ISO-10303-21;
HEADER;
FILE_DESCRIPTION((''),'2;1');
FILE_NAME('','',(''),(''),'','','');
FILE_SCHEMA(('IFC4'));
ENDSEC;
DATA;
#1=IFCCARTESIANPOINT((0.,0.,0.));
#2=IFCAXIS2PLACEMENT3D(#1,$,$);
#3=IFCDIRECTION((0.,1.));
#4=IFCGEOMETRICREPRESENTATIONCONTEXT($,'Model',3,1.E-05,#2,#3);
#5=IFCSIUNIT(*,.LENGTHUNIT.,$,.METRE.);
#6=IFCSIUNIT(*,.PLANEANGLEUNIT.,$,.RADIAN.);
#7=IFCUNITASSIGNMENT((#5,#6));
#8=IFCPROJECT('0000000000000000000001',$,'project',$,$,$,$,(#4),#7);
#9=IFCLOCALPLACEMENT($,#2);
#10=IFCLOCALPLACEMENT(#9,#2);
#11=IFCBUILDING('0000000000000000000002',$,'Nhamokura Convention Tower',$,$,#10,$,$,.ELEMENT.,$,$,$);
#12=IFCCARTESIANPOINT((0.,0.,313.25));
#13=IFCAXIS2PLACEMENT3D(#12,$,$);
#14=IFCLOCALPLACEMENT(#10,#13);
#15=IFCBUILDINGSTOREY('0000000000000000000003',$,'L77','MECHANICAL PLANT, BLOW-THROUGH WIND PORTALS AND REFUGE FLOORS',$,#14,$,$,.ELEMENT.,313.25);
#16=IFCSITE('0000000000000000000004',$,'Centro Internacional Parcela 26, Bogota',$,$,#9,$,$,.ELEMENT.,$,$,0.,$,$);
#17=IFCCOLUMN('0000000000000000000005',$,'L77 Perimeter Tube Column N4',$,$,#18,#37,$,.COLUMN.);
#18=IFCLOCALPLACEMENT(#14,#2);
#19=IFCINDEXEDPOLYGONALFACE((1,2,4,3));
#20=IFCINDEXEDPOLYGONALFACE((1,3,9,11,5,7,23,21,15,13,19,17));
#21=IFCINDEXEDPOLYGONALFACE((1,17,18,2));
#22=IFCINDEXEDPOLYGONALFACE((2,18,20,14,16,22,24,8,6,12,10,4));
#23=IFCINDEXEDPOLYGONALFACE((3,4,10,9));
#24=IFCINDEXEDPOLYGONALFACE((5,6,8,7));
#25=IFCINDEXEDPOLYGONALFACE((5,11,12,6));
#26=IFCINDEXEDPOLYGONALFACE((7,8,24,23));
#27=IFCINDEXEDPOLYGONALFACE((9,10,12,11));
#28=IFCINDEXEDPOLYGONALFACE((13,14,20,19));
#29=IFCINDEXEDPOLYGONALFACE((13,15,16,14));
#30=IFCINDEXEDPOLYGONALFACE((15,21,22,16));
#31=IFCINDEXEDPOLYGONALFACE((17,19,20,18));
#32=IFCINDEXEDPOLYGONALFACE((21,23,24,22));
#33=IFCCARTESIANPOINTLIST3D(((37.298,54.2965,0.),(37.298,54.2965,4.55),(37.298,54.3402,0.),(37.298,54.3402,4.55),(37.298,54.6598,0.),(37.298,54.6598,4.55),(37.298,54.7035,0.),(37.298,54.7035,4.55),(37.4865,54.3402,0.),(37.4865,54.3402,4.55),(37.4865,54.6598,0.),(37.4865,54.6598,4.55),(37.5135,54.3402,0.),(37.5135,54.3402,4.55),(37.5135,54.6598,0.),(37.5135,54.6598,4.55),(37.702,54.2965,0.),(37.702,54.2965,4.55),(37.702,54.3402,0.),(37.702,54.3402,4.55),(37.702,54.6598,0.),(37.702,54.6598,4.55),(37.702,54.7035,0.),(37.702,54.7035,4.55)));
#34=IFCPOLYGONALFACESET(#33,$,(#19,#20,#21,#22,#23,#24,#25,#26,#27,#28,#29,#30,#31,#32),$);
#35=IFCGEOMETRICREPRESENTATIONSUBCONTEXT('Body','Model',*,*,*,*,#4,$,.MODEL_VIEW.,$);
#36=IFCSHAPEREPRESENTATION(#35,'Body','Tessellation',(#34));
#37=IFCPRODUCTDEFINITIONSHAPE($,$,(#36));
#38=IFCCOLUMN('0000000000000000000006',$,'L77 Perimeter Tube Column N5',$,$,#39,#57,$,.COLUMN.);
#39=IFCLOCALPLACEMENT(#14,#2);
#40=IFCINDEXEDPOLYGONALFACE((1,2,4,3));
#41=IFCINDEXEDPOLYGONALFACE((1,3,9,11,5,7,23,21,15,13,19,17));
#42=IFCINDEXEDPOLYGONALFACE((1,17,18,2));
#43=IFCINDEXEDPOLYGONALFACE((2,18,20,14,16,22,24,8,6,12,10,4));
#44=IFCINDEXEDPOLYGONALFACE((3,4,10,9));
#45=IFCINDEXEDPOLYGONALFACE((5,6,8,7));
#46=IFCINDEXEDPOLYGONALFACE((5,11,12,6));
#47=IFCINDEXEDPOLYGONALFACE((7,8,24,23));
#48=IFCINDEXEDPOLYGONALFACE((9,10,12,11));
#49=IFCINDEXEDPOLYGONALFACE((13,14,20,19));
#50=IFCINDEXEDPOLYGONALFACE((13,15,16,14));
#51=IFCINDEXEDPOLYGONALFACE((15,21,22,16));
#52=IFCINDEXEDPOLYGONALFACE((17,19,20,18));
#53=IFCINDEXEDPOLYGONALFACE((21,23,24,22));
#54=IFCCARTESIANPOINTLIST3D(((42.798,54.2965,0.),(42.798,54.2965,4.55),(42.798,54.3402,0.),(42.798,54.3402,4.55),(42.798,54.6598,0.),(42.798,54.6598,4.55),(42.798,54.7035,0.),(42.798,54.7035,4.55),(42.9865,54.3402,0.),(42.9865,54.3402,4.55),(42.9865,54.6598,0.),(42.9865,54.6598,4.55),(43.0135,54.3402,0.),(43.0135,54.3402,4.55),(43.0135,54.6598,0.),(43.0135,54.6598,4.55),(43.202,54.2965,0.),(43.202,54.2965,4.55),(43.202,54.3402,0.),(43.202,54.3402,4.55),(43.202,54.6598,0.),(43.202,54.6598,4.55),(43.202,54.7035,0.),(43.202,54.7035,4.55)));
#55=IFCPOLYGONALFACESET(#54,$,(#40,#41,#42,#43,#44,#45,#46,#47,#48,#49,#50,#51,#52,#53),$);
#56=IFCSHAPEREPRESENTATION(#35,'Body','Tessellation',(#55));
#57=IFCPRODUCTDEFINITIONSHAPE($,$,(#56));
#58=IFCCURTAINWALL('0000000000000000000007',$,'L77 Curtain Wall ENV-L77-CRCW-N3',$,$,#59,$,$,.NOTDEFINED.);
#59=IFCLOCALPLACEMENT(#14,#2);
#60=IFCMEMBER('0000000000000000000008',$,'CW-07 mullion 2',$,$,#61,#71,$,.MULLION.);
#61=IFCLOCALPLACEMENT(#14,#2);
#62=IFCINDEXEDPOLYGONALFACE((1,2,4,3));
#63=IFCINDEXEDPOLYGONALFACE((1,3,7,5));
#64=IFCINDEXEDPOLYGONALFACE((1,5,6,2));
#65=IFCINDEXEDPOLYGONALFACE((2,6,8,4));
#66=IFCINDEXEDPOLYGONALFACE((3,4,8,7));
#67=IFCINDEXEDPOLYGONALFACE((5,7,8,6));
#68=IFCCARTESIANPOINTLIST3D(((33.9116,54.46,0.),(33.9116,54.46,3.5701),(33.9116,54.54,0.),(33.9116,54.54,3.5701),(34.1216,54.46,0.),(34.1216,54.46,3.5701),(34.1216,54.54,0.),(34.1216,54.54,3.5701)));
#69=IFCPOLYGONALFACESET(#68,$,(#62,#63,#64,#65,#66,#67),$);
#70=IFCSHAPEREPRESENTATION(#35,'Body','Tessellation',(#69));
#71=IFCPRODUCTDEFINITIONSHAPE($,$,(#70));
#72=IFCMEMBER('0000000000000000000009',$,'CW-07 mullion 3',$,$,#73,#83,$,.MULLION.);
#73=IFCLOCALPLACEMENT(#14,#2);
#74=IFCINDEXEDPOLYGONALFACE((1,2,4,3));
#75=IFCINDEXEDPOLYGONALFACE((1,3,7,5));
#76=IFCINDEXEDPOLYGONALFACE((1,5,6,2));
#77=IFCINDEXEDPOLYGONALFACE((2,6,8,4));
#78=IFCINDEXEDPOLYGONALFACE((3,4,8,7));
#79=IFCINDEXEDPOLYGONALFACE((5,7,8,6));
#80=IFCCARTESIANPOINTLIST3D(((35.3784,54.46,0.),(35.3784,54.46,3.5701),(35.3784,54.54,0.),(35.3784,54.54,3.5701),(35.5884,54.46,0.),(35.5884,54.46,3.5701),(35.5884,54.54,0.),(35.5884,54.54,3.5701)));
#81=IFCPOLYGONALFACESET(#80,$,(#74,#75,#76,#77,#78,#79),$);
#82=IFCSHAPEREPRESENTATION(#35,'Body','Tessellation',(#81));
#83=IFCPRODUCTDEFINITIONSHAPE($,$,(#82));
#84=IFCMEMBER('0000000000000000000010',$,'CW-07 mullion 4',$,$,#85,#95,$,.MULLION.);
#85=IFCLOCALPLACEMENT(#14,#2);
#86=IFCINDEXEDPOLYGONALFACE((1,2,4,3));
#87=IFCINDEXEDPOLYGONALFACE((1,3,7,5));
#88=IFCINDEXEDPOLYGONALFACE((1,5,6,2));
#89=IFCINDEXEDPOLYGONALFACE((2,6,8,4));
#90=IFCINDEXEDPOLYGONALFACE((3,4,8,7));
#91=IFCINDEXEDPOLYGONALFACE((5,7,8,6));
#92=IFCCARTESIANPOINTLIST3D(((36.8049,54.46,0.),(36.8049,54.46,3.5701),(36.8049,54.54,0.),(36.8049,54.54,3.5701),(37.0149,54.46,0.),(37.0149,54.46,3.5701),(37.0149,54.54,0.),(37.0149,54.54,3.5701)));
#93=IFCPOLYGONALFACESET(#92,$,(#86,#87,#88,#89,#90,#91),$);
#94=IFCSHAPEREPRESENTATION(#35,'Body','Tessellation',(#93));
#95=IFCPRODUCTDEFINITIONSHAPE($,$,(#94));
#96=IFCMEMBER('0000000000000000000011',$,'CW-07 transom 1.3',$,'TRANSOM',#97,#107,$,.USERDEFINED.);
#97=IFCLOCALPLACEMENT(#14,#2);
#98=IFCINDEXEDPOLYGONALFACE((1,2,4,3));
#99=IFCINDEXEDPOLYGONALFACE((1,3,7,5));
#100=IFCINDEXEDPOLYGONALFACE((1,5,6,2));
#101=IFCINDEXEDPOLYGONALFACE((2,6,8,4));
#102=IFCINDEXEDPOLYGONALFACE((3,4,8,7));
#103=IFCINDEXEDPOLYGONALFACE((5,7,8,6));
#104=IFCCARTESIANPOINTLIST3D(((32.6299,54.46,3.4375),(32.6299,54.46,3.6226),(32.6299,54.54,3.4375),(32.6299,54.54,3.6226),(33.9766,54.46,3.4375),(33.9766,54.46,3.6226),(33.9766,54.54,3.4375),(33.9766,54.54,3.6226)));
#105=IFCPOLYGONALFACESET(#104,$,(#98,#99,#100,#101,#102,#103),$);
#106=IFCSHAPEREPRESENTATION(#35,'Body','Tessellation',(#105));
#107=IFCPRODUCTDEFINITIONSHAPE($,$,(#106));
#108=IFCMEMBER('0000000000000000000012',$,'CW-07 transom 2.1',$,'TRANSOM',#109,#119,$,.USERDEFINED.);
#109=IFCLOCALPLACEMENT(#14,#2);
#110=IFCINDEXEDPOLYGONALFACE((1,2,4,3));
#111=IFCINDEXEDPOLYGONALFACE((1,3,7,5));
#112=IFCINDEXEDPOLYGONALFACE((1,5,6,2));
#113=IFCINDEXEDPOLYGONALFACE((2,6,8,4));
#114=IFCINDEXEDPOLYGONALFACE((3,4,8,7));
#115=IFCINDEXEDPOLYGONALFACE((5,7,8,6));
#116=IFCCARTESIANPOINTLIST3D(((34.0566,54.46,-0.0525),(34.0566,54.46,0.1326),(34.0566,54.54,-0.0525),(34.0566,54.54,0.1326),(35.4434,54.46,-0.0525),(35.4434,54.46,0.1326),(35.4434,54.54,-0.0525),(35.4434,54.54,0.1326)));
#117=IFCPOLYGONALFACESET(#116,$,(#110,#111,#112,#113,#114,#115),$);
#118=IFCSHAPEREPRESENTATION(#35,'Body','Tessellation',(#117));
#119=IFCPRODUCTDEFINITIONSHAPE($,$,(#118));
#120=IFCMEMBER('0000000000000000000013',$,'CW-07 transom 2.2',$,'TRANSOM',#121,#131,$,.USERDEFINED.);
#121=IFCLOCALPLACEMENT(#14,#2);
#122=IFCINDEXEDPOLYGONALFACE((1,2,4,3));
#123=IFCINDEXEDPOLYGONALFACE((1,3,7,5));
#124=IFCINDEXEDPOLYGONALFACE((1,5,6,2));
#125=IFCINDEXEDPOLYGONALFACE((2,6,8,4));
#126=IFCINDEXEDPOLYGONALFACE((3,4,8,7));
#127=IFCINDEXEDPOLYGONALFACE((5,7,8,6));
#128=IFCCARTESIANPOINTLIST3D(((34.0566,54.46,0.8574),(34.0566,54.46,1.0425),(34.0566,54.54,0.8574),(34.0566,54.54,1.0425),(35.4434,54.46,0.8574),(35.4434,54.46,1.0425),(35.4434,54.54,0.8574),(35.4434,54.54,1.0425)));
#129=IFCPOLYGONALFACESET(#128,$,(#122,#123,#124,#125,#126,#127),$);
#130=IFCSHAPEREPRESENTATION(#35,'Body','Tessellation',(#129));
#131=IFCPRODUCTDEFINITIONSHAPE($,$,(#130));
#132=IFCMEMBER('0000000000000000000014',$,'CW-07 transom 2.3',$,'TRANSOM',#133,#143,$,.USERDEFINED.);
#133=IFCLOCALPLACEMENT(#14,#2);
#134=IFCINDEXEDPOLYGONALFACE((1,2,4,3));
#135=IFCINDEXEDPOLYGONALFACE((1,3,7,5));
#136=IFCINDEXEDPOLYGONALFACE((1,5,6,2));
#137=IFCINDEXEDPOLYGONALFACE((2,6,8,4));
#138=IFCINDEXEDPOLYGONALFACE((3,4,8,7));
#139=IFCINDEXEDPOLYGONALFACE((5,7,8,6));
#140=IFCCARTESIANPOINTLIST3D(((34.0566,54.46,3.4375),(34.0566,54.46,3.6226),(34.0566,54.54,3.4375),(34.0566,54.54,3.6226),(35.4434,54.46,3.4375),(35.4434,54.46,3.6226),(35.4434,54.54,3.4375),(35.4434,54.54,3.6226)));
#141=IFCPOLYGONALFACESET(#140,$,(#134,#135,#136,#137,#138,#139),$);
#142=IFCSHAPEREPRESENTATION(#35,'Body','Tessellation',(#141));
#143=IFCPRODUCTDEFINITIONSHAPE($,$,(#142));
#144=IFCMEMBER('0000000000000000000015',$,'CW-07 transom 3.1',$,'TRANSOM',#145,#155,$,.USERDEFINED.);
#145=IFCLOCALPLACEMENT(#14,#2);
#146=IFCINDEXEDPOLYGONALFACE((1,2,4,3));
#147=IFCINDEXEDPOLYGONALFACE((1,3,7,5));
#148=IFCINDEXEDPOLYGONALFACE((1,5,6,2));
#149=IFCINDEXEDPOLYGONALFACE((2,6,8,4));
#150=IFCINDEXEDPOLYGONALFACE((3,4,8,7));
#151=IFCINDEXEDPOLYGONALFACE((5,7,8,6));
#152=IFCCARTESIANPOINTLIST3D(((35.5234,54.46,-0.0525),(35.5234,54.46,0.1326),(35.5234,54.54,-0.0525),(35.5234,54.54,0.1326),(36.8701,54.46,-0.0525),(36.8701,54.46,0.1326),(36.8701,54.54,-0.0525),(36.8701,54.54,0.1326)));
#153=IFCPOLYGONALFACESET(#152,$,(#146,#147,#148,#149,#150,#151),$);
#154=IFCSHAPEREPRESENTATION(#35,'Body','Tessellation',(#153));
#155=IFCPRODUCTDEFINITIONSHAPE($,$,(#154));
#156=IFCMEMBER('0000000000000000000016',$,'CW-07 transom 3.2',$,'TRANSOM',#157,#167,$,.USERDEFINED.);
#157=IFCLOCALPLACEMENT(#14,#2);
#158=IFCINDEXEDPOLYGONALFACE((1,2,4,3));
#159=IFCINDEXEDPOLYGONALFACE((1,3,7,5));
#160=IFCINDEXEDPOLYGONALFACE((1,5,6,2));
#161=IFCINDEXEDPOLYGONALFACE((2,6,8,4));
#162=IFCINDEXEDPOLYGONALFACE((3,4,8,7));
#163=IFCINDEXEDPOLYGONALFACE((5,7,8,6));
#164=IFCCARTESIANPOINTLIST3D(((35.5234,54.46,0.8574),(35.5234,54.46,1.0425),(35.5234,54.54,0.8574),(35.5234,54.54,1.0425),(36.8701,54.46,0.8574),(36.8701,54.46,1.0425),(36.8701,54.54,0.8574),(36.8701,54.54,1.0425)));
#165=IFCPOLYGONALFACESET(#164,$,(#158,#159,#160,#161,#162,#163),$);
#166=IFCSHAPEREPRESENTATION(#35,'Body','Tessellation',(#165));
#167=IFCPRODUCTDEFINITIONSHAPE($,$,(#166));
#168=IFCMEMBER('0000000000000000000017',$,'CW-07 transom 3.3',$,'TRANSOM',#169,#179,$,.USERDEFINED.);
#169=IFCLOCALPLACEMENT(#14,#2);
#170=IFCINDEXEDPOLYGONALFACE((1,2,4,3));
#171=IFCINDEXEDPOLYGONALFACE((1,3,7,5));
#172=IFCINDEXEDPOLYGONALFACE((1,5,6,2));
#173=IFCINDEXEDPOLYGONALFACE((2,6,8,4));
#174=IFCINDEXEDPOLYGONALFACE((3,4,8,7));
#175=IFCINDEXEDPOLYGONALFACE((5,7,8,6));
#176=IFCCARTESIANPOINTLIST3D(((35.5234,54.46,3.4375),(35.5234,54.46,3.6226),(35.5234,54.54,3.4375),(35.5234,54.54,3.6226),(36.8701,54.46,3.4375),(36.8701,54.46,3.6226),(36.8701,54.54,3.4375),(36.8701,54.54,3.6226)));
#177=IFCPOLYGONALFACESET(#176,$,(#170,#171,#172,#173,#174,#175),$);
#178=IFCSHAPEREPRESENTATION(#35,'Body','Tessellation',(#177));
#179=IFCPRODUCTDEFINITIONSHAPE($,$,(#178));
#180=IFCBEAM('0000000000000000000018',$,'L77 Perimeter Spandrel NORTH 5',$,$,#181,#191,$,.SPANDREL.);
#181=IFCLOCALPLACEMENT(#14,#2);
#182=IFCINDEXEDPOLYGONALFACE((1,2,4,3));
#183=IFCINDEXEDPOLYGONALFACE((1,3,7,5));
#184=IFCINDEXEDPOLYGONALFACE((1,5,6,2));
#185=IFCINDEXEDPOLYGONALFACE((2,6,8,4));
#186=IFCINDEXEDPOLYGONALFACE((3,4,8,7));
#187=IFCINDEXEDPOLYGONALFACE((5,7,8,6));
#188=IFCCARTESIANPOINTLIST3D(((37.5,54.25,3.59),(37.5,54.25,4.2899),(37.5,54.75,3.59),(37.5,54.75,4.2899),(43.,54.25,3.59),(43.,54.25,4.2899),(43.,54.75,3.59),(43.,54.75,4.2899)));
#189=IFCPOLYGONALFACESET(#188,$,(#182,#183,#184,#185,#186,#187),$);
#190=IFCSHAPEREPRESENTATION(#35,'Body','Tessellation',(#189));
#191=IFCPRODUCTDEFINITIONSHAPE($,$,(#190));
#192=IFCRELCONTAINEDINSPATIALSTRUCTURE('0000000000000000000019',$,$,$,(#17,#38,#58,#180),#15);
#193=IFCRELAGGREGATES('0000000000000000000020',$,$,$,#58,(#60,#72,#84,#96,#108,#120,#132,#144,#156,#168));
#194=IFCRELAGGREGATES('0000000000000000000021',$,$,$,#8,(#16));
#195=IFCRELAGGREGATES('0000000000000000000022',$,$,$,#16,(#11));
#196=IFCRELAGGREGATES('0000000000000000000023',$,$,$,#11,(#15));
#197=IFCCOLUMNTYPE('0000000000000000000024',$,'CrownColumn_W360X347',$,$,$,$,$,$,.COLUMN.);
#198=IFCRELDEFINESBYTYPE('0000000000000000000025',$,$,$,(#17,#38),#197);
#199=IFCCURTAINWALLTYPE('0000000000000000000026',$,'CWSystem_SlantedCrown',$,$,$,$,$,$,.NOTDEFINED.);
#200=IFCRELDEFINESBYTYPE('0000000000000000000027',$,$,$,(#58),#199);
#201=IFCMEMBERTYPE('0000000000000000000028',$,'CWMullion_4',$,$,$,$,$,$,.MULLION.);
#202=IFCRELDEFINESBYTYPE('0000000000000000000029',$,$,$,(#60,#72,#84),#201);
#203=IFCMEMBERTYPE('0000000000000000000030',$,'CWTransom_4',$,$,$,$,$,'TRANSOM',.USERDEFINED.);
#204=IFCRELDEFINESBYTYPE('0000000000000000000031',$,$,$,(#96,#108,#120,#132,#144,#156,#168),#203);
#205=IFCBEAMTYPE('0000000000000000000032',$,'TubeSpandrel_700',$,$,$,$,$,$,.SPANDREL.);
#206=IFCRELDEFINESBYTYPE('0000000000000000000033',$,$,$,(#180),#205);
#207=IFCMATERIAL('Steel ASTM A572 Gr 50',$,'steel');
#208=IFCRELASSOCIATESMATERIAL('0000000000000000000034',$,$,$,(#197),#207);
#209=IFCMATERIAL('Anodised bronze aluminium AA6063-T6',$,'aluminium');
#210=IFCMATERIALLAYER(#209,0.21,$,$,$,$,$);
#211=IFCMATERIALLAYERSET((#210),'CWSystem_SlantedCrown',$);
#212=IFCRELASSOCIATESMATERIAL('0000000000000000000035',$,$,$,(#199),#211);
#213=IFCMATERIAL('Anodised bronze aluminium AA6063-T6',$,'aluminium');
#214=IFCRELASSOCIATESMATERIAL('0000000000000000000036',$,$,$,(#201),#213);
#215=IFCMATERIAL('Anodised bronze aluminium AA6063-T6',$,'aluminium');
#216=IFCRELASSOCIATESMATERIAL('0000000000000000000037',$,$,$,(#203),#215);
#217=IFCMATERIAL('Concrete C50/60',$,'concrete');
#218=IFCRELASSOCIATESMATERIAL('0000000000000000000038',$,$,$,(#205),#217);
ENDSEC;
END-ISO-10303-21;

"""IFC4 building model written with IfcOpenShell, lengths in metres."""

from ifc_helpers import new_model, si_unit, direction, frame, origin, origin_2d, place, context, subcontext, project, spatial, rectangle, i_section, extrude, material, layer, layer_set, material_profile, profile_set, type_object, element, aggregate, save


model = new_model("IFC4")

# Units and contexts
model_context = context("Model", 3, precision=1e-05, world=origin(), true_north=direction((0.0, 1.0)))
body_context = subcontext(model_context, "Body", "Model", "MODEL_VIEW")
ifc_project = project(units=[si_unit("LENGTHUNIT", "METRE"), si_unit("PLANEANGLEUNIT", "RADIAN")], contexts=[model_context])

# Site, building, storey
site_placement = place(None, origin())
site = spatial("IfcSite", under=ifc_project, at=site_placement, Name="Centro Internacional Parcela 26, Bogota", CompositionType="ELEMENT", RefElevation=0.0)
building_placement = place(site_placement, origin())
building = spatial("IfcBuilding", under=site, at=building_placement, Name="Nhamokura Convention Tower", CompositionType="ELEMENT")
storey_placement = place(building_placement, frame((0.0, 0.0, 313.25)))
storey = spatial("IfcBuildingStorey", under=building, at=storey_placement, Name="L77", Description="MECHANICAL PLANT, BLOW-THROUGH WIND PORTALS AND REFUGE FLOORS", CompositionType="ELEMENT", Elevation=313.25)

# Columns
ifc_material_1 = material(Name="Steel ASTM A572 Gr 50", Category="steel")
ifc_material_profile_1 = material_profile(ifc_material_1, i_section(OverallWidth=0.4041, OverallDepth=0.407, WebThickness=0.0271, FlangeThickness=0.0437, at=origin_2d()))
ifc_profile_set_1 = profile_set([ifc_material_profile_1], Name="Steel ASTM A572 Gr 50")
column_type = type_object("IfcColumnType", Name="CrownColumn_W360X347", PredefinedType="COLUMN", material=ifc_profile_set_1)
for number, where, z_axis, x_axis, name in (
    (1, (37.5, 54.5, 0.0), (0.0, 0.0, 1.0), (1.0, 0.0, 0.0), "L77 Perimeter Tube Column N4"),
    (2, (43.0, 54.5, 0.0), (0.0, 0.0, 1.0), (1.0, 0.0, 0.0), "L77 Perimeter Tube Column N5"),
):
    element("IfcColumn", number, at=place(storey_placement, frame(where, z_axis=z_axis, x_axis=x_axis)), inside=storey, type_object=column_type, Name=name, PredefinedType="COLUMN", context=body_context, shape_type="SweptSolid", body=[
        extrude(i_section(OverallWidth=0.4041, OverallDepth=0.407, WebThickness=0.0271, FlangeThickness=0.0437, at=origin_2d()), origin(), (0.0, 0.0, 1.0), 4.55),
    ])

# Curtain wall, members
ifc_material_2 = material(Name="Anodised bronze aluminium AA6063-T6", Category="aluminium")
ifc_layer_1 = layer(ifc_material_2, 0.21)
ifc_layer_set_1 = layer_set([ifc_layer_1], Name="CWSystem_SlantedCrown")
curtain_wall_type = type_object("IfcCurtainWallType", Name="CWSystem_SlantedCrown", PredefinedType="NOTDEFINED", material=ifc_layer_set_1)
curtain_wall_placement = place(storey_placement, origin())
curtain_wall = element("IfcCurtainWall", 3, at=curtain_wall_placement, inside=storey, type_object=curtain_wall_type, Name="L77 Curtain Wall ENV-L77-CRCW-N3", PredefinedType="NOTDEFINED")
ifc_material_3 = material(Name="Anodised bronze aluminium AA6063-T6", Category="aluminium")
ifc_material_profile_2 = material_profile(ifc_material_3, rectangle(XDim=0.0801, YDim=0.21, at=origin_2d()))
ifc_profile_set_2 = profile_set([ifc_material_profile_2], Name="Anodised bronze aluminium AA6063-T6")
member_type_1 = type_object("IfcMemberType", Name="CWMullion_4", PredefinedType="MULLION", material=ifc_profile_set_2)
member_1_placement = place(storey_placement, frame((34.0166, 54.5, 0.0), z_axis=(0.0, 0.0, 1.0), x_axis=(0.0, 1.0, 0.0)))
member_1 = element("IfcMember", 4, at=member_1_placement, type_object=member_type_1, Name="CW-07 mullion 2", PredefinedType="MULLION", context=body_context, shape_type="SweptSolid", body=[
    extrude(rectangle(XDim=0.0801, YDim=0.21, at=origin_2d()), origin(), (0.0, 0.0, 1.0), 3.5701),
])
member_2_placement = place(storey_placement, frame((35.4834, 54.5, 0.0), z_axis=(0.0, 0.0, 1.0), x_axis=(0.0, 1.0, 0.0)))
member_2 = element("IfcMember", 5, at=member_2_placement, type_object=member_type_1, Name="CW-07 mullion 3", PredefinedType="MULLION", context=body_context, shape_type="SweptSolid", body=[
    extrude(rectangle(XDim=0.0801, YDim=0.21, at=origin_2d()), origin(), (0.0, 0.0, 1.0), 3.5701),
])
member_3_placement = place(storey_placement, frame((36.9099, 54.5, 0.0), z_axis=(0.0, 0.0, 1.0), x_axis=(0.0, 1.0, 0.0)))
member_3 = element("IfcMember", 6, at=member_3_placement, type_object=member_type_1, Name="CW-07 mullion 4", PredefinedType="MULLION", context=body_context, shape_type="SweptSolid", body=[
    extrude(rectangle(XDim=0.0801, YDim=0.21, at=origin_2d()), origin(), (0.0, 0.0, 1.0), 3.5701),
])
ifc_material_4 = material(Name="Anodised bronze aluminium AA6063-T6", Category="aluminium")
ifc_material_profile_3 = material_profile(ifc_material_4, rectangle(XDim=0.0801, YDim=0.1851, at=origin_2d()))
ifc_profile_set_3 = profile_set([ifc_material_profile_3], Name="Anodised bronze aluminium AA6063-T6")
member_type_2 = type_object("IfcMemberType", Name="CWTransom_4", ElementType="TRANSOM", PredefinedType="USERDEFINED", material=ifc_profile_set_3)
member_4_placement = place(storey_placement, frame((32.6299, 54.5, 3.53), z_axis=(1.0, 0.0, 0.0), x_axis=(0.0, 1.0, 0.0)))
member_4 = element("IfcMember", 7, at=member_4_placement, type_object=member_type_2, Name="CW-07 transom 1.3", ObjectType="TRANSOM", PredefinedType="USERDEFINED", context=body_context, shape_type="SweptSolid", body=[
    extrude(rectangle(XDim=0.0801, YDim=0.1851, at=origin_2d()), origin(), (0.0, 0.0, 1.0), 1.3467),
])
member_5_placement = place(storey_placement, frame((34.0566, 54.5, 0.04), z_axis=(1.0, 0.0, 0.0), x_axis=(0.0, 1.0, 0.0)))
member_5 = element("IfcMember", 8, at=member_5_placement, type_object=member_type_2, Name="CW-07 transom 2.1", ObjectType="TRANSOM", PredefinedType="USERDEFINED", context=body_context, shape_type="SweptSolid", body=[
    extrude(rectangle(XDim=0.0801, YDim=0.1851, at=origin_2d()), origin(), (0.0, 0.0, 1.0), 1.3867),
])
member_6_placement = place(storey_placement, frame((34.0566, 54.5, 0.95), z_axis=(1.0, 0.0, 0.0), x_axis=(0.0, 1.0, 0.0)))
member_6 = element("IfcMember", 9, at=member_6_placement, type_object=member_type_2, Name="CW-07 transom 2.2", ObjectType="TRANSOM", PredefinedType="USERDEFINED", context=body_context, shape_type="SweptSolid", body=[
    extrude(rectangle(XDim=0.0801, YDim=0.1851, at=origin_2d()), origin(), (0.0, 0.0, 1.0), 1.3867),
])
member_7_placement = place(storey_placement, frame((34.0566, 54.5, 3.53), z_axis=(1.0, 0.0, 0.0), x_axis=(0.0, 1.0, 0.0)))
member_7 = element("IfcMember", 10, at=member_7_placement, type_object=member_type_2, Name="CW-07 transom 2.3", ObjectType="TRANSOM", PredefinedType="USERDEFINED", context=body_context, shape_type="SweptSolid", body=[
    extrude(rectangle(XDim=0.0801, YDim=0.1851, at=origin_2d()), origin(), (0.0, 0.0, 1.0), 1.3867),
])
member_8_placement = place(storey_placement, frame((35.5234, 54.5, 0.04), z_axis=(1.0, 0.0, 0.0), x_axis=(0.0, 1.0, 0.0)))
member_8 = element("IfcMember", 11, at=member_8_placement, type_object=member_type_2, Name="CW-07 transom 3.1", ObjectType="TRANSOM", PredefinedType="USERDEFINED", context=body_context, shape_type="SweptSolid", body=[
    extrude(rectangle(XDim=0.0801, YDim=0.1851, at=origin_2d()), origin(), (0.0, 0.0, 1.0), 1.3467),
])
member_9_placement = place(storey_placement, frame((35.5234, 54.5, 0.95), z_axis=(1.0, 0.0, 0.0), x_axis=(0.0, 1.0, 0.0)))
member_9 = element("IfcMember", 12, at=member_9_placement, type_object=member_type_2, Name="CW-07 transom 3.2", ObjectType="TRANSOM", PredefinedType="USERDEFINED", context=body_context, shape_type="SweptSolid", body=[
    extrude(rectangle(XDim=0.0801, YDim=0.1851, at=origin_2d()), origin(), (0.0, 0.0, 1.0), 1.3467),
])
member_10_placement = place(storey_placement, frame((35.5234, 54.5, 3.53), z_axis=(1.0, 0.0, 0.0), x_axis=(0.0, 1.0, 0.0)))
member_10 = element("IfcMember", 13, at=member_10_placement, type_object=member_type_2, Name="CW-07 transom 3.3", ObjectType="TRANSOM", PredefinedType="USERDEFINED", context=body_context, shape_type="SweptSolid", body=[
    extrude(rectangle(XDim=0.0801, YDim=0.1851, at=origin_2d()), origin(), (0.0, 0.0, 1.0), 1.3467),
])

# Beam
ifc_material_5 = material(Name="Concrete C50/60", Category="concrete")
ifc_material_profile_4 = material_profile(ifc_material_5, rectangle(XDim=0.5, YDim=0.7, at=origin_2d()))
ifc_profile_set_4 = profile_set([ifc_material_profile_4], Name="Concrete C50/60")
beam_type = type_object("IfcBeamType", Name="TubeSpandrel_700", PredefinedType="SPANDREL", material=ifc_profile_set_4)
for number, where, z_axis, x_axis, name in (
    (14, (37.5, 54.5, 3.9399), (1.0, 0.0, 0.0), (0.0, 1.0, 0.0), "L77 Perimeter Spandrel NORTH 5"),
):
    element("IfcBeam", number, at=place(storey_placement, frame(where, z_axis=z_axis, x_axis=x_axis)), inside=storey, type_object=beam_type, Name=name, PredefinedType="SPANDREL", context=body_context, shape_type="SweptSolid", body=[
        extrude(rectangle(XDim=0.5, YDim=0.7, at=origin_2d()), origin(), (0.0, 0.0, 1.0), 5.5),
    ])

aggregate(curtain_wall, [member_1, member_2, member_3, member_4, member_5, member_6, member_7, member_8, member_9, member_10])

save(model, "model.ifc")
